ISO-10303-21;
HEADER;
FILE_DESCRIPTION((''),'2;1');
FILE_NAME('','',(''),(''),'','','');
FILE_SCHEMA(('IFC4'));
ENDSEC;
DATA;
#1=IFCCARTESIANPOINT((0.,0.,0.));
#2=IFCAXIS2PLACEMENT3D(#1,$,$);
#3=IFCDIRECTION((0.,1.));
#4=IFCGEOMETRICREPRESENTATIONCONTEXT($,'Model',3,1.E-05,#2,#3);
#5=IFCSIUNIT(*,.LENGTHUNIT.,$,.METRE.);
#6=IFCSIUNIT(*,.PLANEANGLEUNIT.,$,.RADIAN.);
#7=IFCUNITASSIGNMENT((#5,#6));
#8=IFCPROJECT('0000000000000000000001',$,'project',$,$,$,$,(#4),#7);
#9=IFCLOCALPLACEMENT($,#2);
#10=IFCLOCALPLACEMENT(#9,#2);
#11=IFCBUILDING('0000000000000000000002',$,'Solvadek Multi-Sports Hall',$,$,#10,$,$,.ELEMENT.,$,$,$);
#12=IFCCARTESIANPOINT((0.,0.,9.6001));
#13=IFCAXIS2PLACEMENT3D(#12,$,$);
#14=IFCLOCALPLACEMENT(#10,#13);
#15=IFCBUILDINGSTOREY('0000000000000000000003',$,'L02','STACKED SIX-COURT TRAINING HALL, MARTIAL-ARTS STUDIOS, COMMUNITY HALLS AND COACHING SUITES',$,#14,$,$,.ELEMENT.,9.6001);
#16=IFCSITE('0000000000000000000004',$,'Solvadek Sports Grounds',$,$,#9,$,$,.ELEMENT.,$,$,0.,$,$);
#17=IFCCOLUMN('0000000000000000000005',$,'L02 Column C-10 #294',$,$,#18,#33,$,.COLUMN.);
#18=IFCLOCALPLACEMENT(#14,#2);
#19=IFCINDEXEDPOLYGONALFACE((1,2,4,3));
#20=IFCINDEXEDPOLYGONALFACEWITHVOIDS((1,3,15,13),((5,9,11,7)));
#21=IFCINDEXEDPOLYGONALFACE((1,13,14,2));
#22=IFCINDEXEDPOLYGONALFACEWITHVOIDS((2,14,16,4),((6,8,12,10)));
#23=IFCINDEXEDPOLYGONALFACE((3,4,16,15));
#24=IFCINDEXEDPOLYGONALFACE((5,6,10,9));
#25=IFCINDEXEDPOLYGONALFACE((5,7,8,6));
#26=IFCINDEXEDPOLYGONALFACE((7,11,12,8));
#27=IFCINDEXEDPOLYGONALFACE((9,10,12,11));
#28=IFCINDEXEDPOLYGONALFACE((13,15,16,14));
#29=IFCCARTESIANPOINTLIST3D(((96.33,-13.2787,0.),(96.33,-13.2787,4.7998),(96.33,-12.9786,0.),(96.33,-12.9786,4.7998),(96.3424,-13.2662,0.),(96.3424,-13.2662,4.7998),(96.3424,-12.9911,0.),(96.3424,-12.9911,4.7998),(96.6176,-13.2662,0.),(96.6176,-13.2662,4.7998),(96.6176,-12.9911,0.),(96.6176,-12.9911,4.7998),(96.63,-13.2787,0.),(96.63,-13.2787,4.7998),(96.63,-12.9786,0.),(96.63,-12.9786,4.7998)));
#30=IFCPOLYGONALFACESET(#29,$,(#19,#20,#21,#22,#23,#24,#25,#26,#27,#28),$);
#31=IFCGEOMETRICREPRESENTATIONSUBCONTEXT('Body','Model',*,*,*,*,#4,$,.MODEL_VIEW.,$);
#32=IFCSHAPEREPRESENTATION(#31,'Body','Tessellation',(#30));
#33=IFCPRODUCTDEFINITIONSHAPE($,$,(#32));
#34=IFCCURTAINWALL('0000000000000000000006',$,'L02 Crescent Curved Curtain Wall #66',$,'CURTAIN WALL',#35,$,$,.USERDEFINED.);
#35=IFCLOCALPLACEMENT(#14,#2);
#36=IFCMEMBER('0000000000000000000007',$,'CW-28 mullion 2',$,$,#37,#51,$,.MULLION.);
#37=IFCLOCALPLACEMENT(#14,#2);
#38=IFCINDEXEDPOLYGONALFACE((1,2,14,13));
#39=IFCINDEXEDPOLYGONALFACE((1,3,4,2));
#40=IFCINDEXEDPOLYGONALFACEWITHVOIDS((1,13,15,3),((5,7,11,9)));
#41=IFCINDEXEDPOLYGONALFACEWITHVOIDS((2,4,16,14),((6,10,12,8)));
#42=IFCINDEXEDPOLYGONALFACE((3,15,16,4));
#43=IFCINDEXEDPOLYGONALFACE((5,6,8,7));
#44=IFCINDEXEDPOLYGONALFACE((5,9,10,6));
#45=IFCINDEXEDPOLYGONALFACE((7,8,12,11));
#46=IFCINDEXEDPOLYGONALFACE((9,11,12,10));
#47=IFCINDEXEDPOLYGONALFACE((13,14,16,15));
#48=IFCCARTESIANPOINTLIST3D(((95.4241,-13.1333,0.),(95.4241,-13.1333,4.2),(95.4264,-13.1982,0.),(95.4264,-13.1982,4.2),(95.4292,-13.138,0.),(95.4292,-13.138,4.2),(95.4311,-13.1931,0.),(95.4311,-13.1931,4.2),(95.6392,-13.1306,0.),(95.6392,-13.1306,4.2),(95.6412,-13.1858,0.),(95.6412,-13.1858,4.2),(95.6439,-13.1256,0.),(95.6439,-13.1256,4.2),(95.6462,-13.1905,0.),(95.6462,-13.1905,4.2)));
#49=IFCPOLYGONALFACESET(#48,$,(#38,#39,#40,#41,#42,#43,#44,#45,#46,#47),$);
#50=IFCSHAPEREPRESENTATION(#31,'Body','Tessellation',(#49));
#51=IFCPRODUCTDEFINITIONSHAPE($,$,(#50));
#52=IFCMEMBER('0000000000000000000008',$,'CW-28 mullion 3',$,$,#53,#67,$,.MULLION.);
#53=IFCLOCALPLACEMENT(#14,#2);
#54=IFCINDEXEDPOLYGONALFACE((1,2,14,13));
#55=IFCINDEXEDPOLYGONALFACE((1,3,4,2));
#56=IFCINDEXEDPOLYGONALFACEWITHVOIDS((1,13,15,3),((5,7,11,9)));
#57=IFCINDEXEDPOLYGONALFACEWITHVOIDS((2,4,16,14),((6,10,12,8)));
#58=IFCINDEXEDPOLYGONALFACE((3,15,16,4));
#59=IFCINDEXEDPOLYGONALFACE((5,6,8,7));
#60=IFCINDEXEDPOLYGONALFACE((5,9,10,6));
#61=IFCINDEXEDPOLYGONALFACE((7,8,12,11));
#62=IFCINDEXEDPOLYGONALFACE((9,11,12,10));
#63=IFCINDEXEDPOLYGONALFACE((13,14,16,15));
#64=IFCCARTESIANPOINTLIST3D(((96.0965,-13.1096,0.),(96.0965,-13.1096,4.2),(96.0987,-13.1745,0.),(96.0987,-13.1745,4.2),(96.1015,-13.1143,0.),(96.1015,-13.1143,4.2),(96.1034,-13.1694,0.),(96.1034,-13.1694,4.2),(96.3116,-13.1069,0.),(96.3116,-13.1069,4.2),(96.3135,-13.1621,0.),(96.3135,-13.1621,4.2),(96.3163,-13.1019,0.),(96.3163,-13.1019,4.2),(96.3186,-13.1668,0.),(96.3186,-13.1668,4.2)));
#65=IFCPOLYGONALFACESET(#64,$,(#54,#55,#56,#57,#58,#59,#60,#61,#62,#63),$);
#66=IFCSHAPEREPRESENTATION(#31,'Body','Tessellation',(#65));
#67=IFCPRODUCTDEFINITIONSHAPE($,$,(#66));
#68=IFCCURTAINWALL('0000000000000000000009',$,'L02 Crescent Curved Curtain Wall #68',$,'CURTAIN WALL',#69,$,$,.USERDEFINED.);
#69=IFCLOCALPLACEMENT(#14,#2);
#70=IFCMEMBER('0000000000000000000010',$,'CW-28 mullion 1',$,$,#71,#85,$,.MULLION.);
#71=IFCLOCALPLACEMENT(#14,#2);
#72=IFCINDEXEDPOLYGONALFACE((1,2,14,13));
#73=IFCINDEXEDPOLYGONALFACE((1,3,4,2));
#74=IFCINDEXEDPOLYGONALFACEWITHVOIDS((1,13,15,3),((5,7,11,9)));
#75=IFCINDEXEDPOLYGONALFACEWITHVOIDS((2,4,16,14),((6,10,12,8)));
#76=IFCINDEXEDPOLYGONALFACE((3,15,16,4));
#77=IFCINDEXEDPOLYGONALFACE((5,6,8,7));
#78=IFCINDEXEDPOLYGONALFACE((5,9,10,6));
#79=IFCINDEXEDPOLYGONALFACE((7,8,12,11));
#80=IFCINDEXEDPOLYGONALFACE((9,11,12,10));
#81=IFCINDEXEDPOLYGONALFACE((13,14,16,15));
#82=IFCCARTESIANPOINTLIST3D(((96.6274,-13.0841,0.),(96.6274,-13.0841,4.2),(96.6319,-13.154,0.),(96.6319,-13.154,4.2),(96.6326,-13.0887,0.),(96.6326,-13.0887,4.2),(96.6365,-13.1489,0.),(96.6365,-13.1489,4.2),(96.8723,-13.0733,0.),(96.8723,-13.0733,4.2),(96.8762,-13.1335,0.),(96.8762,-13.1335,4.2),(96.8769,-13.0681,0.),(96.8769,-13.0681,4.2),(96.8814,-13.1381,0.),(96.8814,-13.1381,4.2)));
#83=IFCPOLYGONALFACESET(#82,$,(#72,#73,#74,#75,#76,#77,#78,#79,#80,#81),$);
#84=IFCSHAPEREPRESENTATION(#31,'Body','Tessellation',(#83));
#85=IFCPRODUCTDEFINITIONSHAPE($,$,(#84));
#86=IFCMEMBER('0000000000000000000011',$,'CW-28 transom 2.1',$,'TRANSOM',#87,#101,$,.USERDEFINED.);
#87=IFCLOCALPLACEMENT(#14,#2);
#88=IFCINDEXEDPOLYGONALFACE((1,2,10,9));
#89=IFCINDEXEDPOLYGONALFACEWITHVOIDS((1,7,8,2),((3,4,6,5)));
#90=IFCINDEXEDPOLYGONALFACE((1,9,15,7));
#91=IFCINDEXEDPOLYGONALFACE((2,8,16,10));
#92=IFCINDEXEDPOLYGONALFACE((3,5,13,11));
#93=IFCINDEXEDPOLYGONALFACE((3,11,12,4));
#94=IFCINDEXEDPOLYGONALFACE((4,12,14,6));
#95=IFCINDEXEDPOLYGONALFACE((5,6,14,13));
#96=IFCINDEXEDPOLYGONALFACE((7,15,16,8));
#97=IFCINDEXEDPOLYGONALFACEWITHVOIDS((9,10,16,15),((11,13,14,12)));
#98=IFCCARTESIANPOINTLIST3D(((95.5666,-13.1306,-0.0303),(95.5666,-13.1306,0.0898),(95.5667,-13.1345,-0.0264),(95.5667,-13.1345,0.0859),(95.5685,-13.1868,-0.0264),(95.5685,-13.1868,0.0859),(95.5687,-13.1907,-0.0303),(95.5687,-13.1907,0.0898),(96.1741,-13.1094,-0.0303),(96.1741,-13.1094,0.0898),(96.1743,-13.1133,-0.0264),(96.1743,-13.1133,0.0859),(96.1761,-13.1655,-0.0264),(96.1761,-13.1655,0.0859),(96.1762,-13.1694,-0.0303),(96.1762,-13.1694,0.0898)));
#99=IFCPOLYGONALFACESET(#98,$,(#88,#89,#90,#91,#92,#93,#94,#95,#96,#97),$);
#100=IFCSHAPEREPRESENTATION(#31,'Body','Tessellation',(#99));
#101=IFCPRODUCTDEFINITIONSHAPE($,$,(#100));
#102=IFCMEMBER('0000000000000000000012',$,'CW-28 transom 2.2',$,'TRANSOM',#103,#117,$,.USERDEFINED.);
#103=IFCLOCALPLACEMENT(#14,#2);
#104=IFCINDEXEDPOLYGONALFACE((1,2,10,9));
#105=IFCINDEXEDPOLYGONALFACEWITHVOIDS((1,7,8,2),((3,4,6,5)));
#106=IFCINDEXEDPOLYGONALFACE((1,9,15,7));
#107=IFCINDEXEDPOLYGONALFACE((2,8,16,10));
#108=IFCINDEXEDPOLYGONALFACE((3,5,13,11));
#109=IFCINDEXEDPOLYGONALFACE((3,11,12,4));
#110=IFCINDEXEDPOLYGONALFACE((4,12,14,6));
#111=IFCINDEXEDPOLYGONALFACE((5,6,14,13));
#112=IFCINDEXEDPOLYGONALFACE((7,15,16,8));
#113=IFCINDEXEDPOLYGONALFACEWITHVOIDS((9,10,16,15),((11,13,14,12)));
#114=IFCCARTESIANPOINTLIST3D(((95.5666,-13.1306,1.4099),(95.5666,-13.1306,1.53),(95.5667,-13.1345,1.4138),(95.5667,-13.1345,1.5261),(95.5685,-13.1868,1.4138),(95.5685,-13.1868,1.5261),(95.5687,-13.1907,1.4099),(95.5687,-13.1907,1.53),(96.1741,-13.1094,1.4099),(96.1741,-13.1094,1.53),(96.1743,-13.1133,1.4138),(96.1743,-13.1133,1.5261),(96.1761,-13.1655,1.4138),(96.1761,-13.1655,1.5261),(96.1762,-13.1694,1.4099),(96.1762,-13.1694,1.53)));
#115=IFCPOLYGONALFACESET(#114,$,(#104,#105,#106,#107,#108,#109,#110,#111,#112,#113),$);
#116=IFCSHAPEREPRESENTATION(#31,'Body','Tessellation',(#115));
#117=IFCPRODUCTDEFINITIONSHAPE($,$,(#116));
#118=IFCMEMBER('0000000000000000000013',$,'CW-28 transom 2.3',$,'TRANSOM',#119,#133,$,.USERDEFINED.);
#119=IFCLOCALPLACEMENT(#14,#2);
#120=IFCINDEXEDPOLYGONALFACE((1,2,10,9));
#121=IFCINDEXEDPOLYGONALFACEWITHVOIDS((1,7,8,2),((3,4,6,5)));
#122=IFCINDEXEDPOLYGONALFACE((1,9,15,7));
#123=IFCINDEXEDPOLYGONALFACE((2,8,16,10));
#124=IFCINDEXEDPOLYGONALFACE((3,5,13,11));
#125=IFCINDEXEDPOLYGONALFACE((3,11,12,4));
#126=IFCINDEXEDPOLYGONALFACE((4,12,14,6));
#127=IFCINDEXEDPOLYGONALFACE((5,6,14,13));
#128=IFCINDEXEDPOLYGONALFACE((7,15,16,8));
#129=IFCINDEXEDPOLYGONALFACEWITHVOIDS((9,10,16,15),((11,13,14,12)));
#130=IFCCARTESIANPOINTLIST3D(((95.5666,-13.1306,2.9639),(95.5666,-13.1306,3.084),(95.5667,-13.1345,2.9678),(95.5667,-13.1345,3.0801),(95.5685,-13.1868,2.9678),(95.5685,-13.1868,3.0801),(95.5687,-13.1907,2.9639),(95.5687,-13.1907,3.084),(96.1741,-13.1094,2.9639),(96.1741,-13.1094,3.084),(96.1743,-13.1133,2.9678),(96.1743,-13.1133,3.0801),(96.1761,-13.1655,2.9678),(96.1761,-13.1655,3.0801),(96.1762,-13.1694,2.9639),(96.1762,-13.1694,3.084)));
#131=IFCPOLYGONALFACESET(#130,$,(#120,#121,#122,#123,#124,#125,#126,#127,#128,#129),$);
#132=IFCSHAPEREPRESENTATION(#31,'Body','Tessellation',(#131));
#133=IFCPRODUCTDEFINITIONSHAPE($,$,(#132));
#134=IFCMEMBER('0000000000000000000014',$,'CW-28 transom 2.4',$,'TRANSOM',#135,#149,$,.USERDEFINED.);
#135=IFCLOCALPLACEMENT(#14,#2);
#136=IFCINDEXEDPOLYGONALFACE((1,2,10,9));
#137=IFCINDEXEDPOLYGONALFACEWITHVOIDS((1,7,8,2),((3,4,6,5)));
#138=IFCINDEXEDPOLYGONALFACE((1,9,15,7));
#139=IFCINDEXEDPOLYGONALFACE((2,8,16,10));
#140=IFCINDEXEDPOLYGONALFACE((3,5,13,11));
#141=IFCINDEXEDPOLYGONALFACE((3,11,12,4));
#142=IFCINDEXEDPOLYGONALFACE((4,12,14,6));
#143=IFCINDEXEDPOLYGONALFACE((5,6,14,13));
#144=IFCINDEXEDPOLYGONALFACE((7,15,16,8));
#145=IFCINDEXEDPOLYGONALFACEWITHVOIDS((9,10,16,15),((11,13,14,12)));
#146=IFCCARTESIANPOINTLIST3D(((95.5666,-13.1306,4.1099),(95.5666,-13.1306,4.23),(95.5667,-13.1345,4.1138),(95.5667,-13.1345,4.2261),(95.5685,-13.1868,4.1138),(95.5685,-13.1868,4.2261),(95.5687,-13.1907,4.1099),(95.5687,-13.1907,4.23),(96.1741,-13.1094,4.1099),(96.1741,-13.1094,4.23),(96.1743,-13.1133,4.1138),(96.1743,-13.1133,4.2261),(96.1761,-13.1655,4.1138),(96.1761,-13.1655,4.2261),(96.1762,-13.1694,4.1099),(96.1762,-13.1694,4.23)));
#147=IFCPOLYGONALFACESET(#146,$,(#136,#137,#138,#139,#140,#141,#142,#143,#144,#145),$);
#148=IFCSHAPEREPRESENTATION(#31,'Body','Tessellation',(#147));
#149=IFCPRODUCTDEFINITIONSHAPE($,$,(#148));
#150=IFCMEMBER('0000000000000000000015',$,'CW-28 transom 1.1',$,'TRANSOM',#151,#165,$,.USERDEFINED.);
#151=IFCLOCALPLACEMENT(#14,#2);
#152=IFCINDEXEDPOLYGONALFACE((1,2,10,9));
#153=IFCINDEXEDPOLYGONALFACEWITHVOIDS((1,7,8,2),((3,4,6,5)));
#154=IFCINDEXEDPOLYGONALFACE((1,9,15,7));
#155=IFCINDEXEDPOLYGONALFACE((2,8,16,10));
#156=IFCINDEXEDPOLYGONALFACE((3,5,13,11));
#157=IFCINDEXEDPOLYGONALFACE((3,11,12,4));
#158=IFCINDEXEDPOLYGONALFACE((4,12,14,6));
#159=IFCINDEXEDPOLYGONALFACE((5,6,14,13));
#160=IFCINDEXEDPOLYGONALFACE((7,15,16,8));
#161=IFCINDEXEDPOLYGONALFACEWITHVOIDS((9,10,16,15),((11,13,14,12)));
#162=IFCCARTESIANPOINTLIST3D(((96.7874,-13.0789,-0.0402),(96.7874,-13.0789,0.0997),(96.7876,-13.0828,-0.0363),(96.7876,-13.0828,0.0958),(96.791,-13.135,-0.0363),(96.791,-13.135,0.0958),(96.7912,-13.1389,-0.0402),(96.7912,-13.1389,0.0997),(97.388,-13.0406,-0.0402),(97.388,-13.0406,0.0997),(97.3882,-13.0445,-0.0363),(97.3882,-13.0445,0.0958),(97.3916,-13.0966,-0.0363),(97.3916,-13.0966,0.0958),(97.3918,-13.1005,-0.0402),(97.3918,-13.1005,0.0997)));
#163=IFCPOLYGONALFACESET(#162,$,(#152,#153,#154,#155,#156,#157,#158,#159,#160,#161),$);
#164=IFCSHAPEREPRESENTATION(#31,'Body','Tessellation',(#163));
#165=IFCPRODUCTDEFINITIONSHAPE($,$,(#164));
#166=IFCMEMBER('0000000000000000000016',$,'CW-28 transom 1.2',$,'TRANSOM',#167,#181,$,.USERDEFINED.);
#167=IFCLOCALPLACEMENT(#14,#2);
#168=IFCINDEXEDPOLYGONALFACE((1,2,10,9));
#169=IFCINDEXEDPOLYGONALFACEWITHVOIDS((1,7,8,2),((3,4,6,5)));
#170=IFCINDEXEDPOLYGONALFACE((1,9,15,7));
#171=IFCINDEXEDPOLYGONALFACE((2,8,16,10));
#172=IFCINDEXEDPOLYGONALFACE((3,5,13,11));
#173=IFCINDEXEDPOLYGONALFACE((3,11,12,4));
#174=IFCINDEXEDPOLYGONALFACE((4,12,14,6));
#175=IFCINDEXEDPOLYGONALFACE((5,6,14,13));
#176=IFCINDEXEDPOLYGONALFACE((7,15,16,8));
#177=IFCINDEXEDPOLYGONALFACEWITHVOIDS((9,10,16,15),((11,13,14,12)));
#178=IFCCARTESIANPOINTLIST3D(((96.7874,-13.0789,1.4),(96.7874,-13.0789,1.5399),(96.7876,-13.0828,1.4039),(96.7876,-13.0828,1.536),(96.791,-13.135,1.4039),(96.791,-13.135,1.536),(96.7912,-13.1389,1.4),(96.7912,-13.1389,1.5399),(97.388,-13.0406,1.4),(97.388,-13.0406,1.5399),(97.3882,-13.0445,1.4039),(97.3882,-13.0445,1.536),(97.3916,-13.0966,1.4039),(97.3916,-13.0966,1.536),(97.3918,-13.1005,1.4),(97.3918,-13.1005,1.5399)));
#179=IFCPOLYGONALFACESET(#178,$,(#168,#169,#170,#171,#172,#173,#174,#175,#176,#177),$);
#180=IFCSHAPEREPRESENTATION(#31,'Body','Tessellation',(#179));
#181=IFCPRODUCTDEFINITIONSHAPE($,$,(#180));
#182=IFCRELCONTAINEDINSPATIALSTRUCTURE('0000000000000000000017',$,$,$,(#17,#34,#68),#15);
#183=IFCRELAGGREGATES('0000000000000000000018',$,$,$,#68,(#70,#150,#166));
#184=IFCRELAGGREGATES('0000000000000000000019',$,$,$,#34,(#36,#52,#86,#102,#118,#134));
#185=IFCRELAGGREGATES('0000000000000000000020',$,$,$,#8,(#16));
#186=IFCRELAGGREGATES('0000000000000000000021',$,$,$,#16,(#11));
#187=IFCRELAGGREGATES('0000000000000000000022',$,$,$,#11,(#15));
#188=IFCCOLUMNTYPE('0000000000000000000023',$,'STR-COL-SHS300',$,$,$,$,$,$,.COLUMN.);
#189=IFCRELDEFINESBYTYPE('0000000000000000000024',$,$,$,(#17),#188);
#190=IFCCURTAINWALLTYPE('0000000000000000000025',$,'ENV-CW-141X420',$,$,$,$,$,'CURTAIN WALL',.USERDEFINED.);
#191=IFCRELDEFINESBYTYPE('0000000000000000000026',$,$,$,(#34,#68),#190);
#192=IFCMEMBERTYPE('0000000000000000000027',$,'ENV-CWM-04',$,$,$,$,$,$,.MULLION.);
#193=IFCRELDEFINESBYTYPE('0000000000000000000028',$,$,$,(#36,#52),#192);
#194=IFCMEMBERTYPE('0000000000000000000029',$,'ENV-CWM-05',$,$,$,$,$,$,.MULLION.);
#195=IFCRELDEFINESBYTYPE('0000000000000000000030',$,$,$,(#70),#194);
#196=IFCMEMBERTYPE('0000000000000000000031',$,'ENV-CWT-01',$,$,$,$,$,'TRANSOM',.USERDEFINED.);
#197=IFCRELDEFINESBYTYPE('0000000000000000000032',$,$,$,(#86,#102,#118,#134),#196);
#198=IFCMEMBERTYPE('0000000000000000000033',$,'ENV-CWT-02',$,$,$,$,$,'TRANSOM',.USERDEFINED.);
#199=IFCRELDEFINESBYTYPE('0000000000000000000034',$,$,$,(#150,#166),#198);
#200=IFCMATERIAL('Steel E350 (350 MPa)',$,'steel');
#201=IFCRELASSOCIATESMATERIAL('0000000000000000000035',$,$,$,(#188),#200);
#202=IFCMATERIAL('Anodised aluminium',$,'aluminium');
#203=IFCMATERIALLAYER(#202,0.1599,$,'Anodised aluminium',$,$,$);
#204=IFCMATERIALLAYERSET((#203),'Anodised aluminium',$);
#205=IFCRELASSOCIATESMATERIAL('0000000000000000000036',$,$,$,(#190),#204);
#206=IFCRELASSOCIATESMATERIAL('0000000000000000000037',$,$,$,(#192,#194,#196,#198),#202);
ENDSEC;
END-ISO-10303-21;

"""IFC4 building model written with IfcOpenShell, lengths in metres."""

from ifc_helpers import new_model, si_unit, direction, frame, origin, origin_2d, place, context, subcontext, project, spatial, hollow_rectangle, extrude, material, layer, layer_set, material_profile, profile_set, type_object, element, aggregate, save


model = new_model("IFC4")

# Units and contexts
model_context = context("Model", 3, precision=1e-05, world=origin(), true_north=direction((0.0, 1.0)))
body_context = subcontext(model_context, "Body", "Model", "MODEL_VIEW")
ifc_project = project(units=[si_unit("LENGTHUNIT", "METRE"), si_unit("PLANEANGLEUNIT", "RADIAN")], contexts=[model_context])

# Site, building, storey
site_placement = place(None, origin())
site = spatial("IfcSite", under=ifc_project, at=site_placement, Name="Solvadek Sports Grounds", CompositionType="ELEMENT", RefElevation=0.0)
building_placement = place(site_placement, origin())
building = spatial("IfcBuilding", under=site, at=building_placement, Name="Solvadek Multi-Sports Hall", CompositionType="ELEMENT")
storey_placement = place(building_placement, frame((0.0, 0.0, 9.6001)))
storey = spatial("IfcBuildingStorey", under=building, at=storey_placement, Name="L02", Description="STACKED SIX-COURT TRAINING HALL, MARTIAL-ARTS STUDIOS, COMMUNITY HALLS AND COACHING SUITES", CompositionType="ELEMENT", Elevation=9.6001)

# Column
ifc_material_1 = material(Name="Steel E350 (350 MPa)", Category="steel")
ifc_material_profile_1 = material_profile(ifc_material_1, hollow_rectangle(XDim=0.3, YDim=0.3, WallThickness=0.0125, at=origin_2d()), Name="SHS 300x300x12.5")
ifc_profile_set_1 = profile_set([ifc_material_profile_1], Name="Steel E350 (350 MPa)")
column_type = type_object("IfcColumnType", Name="STR-COL-SHS300", PredefinedType="COLUMN", material=ifc_profile_set_1)
column_placement = place(storey_placement, frame((96.48, -13.1287, 0.0), z_axis=(0.0, 0.0, 1.0), x_axis=(1.0, 0.0, 0.0)))
element("IfcColumn", 1, at=column_placement, inside=storey, type_object=column_type, Name="L02 Column C-10 #294", PredefinedType="COLUMN", context=body_context, shape_type="SweptSolid", body=[
    extrude(hollow_rectangle(XDim=0.3, YDim=0.3, WallThickness=0.0125, at=origin_2d()), origin(), (0.0, 0.0, 1.0), 4.7998),
])

# Curtain wall, members
ifc_material_2 = material(Name="Anodised aluminium", Category="aluminium")
ifc_layer_1 = layer(ifc_material_2, 0.1599, Name="Anodised aluminium")
ifc_layer_set_1 = layer_set([ifc_layer_1], Name="Anodised aluminium")
curtain_wall_type = type_object("IfcCurtainWallType", Name="ENV-CW-141X420", ElementType="CURTAIN WALL", PredefinedType="USERDEFINED", material=ifc_layer_set_1)
curtain_wall_1_placement = place(storey_placement, origin())
curtain_wall_1 = element("IfcCurtainWall", 2, at=curtain_wall_1_placement, inside=storey, type_object=curtain_wall_type, Name="L02 Crescent Curved Curtain Wall #66", ObjectType="CURTAIN WALL", PredefinedType="USERDEFINED")
ifc_material_profile_2 = material_profile(ifc_material_2, hollow_rectangle(XDim=0.0649, YDim=0.22, WallThickness=0.0049, at=origin_2d()), Name="ALU-M 220x65x5")
ifc_profile_set_2 = profile_set([ifc_material_profile_2], Name="Anodised aluminium")
member_type_1 = type_object("IfcMemberType", Name="ENV-CWM-04", PredefinedType="MULLION", material=ifc_profile_set_2)
member_1_placement = place(storey_placement, frame((95.5352, -13.1619, 0.0), z_axis=(0.0, 0.0, 1.0), x_axis=(-0.035011, 0.999387, 0.0)))
member_1 = element("IfcMember", 3, at=member_1_placement, type_object=member_type_1, Name="CW-28 mullion 2", PredefinedType="MULLION", context=body_context, shape_type="SweptSolid", body=[
    extrude(hollow_rectangle(XDim=0.0649, YDim=0.22, WallThickness=0.0049, at=origin_2d()), origin(), (0.0, 0.0, 1.0), 4.2),
])
member_2_placement = place(storey_placement, frame((96.2075, -13.1382, 0.0), z_axis=(0.0, 0.0, 1.0), x_axis=(-0.035011, 0.999387, 0.0)))
member_2 = element("IfcMember", 4, at=member_2_placement, type_object=member_type_1, Name="CW-28 mullion 3", PredefinedType="MULLION", context=body_context, shape_type="SweptSolid", body=[
    extrude(hollow_rectangle(XDim=0.0649, YDim=0.22, WallThickness=0.0049, at=origin_2d()), origin(), (0.0, 0.0, 1.0), 4.2),
])

# Curtain wall, member
curtain_wall_2_placement = place(storey_placement, origin())
curtain_wall_2 = element("IfcCurtainWall", 5, at=curtain_wall_2_placement, inside=storey, type_object=curtain_wall_type, Name="L02 Crescent Curved Curtain Wall #68", ObjectType="CURTAIN WALL", PredefinedType="USERDEFINED")
ifc_material_profile_3 = material_profile(ifc_material_2, hollow_rectangle(XDim=0.0701, YDim=0.25, WallThickness=0.0049, at=origin_2d()), Name="ALU-M 250x70x5")
ifc_profile_set_3 = profile_set([ifc_material_profile_3], Name="Anodised aluminium")
member_type_2 = type_object("IfcMemberType", Name="ENV-CWM-05", PredefinedType="MULLION", material=ifc_profile_set_3)
member_3_placement = place(storey_placement, frame((96.7544, -13.1111, 0.0), z_axis=(0.0, 0.0, 1.0), x_axis=(-0.063955, 0.997953, 0.0)))
member_3 = element("IfcMember", 6, at=member_3_placement, type_object=member_type_2, Name="CW-28 mullion 1", PredefinedType="MULLION", context=body_context, shape_type="SweptSolid", body=[
    extrude(hollow_rectangle(XDim=0.0701, YDim=0.25, WallThickness=0.0049, at=origin_2d()), origin(), (0.0, 0.0, 1.0), 4.2),
])

# Members
ifc_material_profile_4 = material_profile(ifc_material_2, hollow_rectangle(XDim=0.0601, YDim=0.1201, WallThickness=0.0039, at=origin_2d()), Name="ALU-T 120x60x4")
ifc_profile_set_4 = profile_set([ifc_material_profile_4], Name="Anodised aluminium")
member_type_3 = type_object("IfcMemberType", Name="ENV-CWT-01", ElementType="TRANSOM", PredefinedType="USERDEFINED", material=ifc_profile_set_4)
member_4_placement = place(storey_placement, frame((95.5676, -13.1606, 0.0298), z_axis=(0.999389, 0.034946, 0.0), x_axis=(-0.034946, 0.999389, 0.0)))
member_4 = element("IfcMember", 7, at=member_4_placement, type_object=member_type_3, Name="CW-28 transom 2.1", ObjectType="TRANSOM", PredefinedType="USERDEFINED", context=body_context, shape_type="SweptSolid", body=[
    extrude(hollow_rectangle(XDim=0.0601, YDim=0.1201, WallThickness=0.0039, at=origin_2d()), origin(), (0.0, 0.0, 1.0), 0.6079),
])
member_5_placement = place(storey_placement, frame((95.5676, -13.1606, 1.47), z_axis=(0.999389, 0.034946, 0.0), x_axis=(-0.034946, 0.999389, 0.0)))
member_5 = element("IfcMember", 8, at=member_5_placement, type_object=member_type_3, Name="CW-28 transom 2.2", ObjectType="TRANSOM", PredefinedType="USERDEFINED", context=body_context, shape_type="SweptSolid", body=[
    extrude(hollow_rectangle(XDim=0.0601, YDim=0.1201, WallThickness=0.0039, at=origin_2d()), origin(), (0.0, 0.0, 1.0), 0.6079),
])
member_6_placement = place(storey_placement, frame((95.5676, -13.1606, 3.0239), z_axis=(0.999389, 0.034946, 0.0), x_axis=(-0.034946, 0.999389, 0.0)))
member_6 = element("IfcMember", 9, at=member_6_placement, type_object=member_type_3, Name="CW-28 transom 2.3", ObjectType="TRANSOM", PredefinedType="USERDEFINED", context=body_context, shape_type="SweptSolid", body=[
    extrude(hollow_rectangle(XDim=0.0601, YDim=0.1201, WallThickness=0.0039, at=origin_2d()), origin(), (0.0, 0.0, 1.0), 0.6079),
])
member_7_placement = place(storey_placement, frame((95.5676, -13.1606, 4.1699), z_axis=(0.999389, 0.034946, 0.0), x_axis=(-0.034946, 0.999389, 0.0)))
member_7 = element("IfcMember", 10, at=member_7_placement, type_object=member_type_3, Name="CW-28 transom 2.4", ObjectType="TRANSOM", PredefinedType="USERDEFINED", context=body_context, shape_type="SweptSolid", body=[
    extrude(hollow_rectangle(XDim=0.0601, YDim=0.1201, WallThickness=0.0039, at=origin_2d()), origin(), (0.0, 0.0, 1.0), 0.6079),
])
ifc_material_profile_5 = material_profile(ifc_material_2, hollow_rectangle(XDim=0.0601, YDim=0.1399, WallThickness=0.0039, at=origin_2d()), Name="ALU-T 140x60x4")
ifc_profile_set_5 = profile_set([ifc_material_profile_5], Name="Anodised aluminium")
member_type_4 = type_object("IfcMemberType", Name="ENV-CWT-02", ElementType="TRANSOM", PredefinedType="USERDEFINED", material=ifc_profile_set_5)
member_8_placement = place(storey_placement, frame((96.7893, -13.1089, 0.0298), z_axis=(0.99797, 0.063692, 0.0), x_axis=(-0.063692, 0.99797, 0.0)))
member_8 = element("IfcMember", 11, at=member_8_placement, type_object=member_type_4, Name="CW-28 transom 1.1", ObjectType="TRANSOM", PredefinedType="USERDEFINED", context=body_context, shape_type="SweptSolid", body=[
    extrude(hollow_rectangle(XDim=0.0601, YDim=0.1399, WallThickness=0.0039, at=origin_2d()), origin(), (0.0, 0.0, 1.0), 0.6018),
])
member_9_placement = place(storey_placement, frame((96.7893, -13.1089, 1.47), z_axis=(0.99797, 0.063692, 0.0), x_axis=(-0.063692, 0.99797, 0.0)))
member_9 = element("IfcMember", 12, at=member_9_placement, type_object=member_type_4, Name="CW-28 transom 1.2", ObjectType="TRANSOM", PredefinedType="USERDEFINED", context=body_context, shape_type="SweptSolid", body=[
    extrude(hollow_rectangle(XDim=0.0601, YDim=0.1399, WallThickness=0.0039, at=origin_2d()), origin(), (0.0, 0.0, 1.0), 0.6018),
])
aggregate(curtain_wall_2, [member_3, member_8, member_9])

aggregate(curtain_wall_1, [member_1, member_2, member_4, member_5, member_6, member_7])

save(model, "model.ifc")
